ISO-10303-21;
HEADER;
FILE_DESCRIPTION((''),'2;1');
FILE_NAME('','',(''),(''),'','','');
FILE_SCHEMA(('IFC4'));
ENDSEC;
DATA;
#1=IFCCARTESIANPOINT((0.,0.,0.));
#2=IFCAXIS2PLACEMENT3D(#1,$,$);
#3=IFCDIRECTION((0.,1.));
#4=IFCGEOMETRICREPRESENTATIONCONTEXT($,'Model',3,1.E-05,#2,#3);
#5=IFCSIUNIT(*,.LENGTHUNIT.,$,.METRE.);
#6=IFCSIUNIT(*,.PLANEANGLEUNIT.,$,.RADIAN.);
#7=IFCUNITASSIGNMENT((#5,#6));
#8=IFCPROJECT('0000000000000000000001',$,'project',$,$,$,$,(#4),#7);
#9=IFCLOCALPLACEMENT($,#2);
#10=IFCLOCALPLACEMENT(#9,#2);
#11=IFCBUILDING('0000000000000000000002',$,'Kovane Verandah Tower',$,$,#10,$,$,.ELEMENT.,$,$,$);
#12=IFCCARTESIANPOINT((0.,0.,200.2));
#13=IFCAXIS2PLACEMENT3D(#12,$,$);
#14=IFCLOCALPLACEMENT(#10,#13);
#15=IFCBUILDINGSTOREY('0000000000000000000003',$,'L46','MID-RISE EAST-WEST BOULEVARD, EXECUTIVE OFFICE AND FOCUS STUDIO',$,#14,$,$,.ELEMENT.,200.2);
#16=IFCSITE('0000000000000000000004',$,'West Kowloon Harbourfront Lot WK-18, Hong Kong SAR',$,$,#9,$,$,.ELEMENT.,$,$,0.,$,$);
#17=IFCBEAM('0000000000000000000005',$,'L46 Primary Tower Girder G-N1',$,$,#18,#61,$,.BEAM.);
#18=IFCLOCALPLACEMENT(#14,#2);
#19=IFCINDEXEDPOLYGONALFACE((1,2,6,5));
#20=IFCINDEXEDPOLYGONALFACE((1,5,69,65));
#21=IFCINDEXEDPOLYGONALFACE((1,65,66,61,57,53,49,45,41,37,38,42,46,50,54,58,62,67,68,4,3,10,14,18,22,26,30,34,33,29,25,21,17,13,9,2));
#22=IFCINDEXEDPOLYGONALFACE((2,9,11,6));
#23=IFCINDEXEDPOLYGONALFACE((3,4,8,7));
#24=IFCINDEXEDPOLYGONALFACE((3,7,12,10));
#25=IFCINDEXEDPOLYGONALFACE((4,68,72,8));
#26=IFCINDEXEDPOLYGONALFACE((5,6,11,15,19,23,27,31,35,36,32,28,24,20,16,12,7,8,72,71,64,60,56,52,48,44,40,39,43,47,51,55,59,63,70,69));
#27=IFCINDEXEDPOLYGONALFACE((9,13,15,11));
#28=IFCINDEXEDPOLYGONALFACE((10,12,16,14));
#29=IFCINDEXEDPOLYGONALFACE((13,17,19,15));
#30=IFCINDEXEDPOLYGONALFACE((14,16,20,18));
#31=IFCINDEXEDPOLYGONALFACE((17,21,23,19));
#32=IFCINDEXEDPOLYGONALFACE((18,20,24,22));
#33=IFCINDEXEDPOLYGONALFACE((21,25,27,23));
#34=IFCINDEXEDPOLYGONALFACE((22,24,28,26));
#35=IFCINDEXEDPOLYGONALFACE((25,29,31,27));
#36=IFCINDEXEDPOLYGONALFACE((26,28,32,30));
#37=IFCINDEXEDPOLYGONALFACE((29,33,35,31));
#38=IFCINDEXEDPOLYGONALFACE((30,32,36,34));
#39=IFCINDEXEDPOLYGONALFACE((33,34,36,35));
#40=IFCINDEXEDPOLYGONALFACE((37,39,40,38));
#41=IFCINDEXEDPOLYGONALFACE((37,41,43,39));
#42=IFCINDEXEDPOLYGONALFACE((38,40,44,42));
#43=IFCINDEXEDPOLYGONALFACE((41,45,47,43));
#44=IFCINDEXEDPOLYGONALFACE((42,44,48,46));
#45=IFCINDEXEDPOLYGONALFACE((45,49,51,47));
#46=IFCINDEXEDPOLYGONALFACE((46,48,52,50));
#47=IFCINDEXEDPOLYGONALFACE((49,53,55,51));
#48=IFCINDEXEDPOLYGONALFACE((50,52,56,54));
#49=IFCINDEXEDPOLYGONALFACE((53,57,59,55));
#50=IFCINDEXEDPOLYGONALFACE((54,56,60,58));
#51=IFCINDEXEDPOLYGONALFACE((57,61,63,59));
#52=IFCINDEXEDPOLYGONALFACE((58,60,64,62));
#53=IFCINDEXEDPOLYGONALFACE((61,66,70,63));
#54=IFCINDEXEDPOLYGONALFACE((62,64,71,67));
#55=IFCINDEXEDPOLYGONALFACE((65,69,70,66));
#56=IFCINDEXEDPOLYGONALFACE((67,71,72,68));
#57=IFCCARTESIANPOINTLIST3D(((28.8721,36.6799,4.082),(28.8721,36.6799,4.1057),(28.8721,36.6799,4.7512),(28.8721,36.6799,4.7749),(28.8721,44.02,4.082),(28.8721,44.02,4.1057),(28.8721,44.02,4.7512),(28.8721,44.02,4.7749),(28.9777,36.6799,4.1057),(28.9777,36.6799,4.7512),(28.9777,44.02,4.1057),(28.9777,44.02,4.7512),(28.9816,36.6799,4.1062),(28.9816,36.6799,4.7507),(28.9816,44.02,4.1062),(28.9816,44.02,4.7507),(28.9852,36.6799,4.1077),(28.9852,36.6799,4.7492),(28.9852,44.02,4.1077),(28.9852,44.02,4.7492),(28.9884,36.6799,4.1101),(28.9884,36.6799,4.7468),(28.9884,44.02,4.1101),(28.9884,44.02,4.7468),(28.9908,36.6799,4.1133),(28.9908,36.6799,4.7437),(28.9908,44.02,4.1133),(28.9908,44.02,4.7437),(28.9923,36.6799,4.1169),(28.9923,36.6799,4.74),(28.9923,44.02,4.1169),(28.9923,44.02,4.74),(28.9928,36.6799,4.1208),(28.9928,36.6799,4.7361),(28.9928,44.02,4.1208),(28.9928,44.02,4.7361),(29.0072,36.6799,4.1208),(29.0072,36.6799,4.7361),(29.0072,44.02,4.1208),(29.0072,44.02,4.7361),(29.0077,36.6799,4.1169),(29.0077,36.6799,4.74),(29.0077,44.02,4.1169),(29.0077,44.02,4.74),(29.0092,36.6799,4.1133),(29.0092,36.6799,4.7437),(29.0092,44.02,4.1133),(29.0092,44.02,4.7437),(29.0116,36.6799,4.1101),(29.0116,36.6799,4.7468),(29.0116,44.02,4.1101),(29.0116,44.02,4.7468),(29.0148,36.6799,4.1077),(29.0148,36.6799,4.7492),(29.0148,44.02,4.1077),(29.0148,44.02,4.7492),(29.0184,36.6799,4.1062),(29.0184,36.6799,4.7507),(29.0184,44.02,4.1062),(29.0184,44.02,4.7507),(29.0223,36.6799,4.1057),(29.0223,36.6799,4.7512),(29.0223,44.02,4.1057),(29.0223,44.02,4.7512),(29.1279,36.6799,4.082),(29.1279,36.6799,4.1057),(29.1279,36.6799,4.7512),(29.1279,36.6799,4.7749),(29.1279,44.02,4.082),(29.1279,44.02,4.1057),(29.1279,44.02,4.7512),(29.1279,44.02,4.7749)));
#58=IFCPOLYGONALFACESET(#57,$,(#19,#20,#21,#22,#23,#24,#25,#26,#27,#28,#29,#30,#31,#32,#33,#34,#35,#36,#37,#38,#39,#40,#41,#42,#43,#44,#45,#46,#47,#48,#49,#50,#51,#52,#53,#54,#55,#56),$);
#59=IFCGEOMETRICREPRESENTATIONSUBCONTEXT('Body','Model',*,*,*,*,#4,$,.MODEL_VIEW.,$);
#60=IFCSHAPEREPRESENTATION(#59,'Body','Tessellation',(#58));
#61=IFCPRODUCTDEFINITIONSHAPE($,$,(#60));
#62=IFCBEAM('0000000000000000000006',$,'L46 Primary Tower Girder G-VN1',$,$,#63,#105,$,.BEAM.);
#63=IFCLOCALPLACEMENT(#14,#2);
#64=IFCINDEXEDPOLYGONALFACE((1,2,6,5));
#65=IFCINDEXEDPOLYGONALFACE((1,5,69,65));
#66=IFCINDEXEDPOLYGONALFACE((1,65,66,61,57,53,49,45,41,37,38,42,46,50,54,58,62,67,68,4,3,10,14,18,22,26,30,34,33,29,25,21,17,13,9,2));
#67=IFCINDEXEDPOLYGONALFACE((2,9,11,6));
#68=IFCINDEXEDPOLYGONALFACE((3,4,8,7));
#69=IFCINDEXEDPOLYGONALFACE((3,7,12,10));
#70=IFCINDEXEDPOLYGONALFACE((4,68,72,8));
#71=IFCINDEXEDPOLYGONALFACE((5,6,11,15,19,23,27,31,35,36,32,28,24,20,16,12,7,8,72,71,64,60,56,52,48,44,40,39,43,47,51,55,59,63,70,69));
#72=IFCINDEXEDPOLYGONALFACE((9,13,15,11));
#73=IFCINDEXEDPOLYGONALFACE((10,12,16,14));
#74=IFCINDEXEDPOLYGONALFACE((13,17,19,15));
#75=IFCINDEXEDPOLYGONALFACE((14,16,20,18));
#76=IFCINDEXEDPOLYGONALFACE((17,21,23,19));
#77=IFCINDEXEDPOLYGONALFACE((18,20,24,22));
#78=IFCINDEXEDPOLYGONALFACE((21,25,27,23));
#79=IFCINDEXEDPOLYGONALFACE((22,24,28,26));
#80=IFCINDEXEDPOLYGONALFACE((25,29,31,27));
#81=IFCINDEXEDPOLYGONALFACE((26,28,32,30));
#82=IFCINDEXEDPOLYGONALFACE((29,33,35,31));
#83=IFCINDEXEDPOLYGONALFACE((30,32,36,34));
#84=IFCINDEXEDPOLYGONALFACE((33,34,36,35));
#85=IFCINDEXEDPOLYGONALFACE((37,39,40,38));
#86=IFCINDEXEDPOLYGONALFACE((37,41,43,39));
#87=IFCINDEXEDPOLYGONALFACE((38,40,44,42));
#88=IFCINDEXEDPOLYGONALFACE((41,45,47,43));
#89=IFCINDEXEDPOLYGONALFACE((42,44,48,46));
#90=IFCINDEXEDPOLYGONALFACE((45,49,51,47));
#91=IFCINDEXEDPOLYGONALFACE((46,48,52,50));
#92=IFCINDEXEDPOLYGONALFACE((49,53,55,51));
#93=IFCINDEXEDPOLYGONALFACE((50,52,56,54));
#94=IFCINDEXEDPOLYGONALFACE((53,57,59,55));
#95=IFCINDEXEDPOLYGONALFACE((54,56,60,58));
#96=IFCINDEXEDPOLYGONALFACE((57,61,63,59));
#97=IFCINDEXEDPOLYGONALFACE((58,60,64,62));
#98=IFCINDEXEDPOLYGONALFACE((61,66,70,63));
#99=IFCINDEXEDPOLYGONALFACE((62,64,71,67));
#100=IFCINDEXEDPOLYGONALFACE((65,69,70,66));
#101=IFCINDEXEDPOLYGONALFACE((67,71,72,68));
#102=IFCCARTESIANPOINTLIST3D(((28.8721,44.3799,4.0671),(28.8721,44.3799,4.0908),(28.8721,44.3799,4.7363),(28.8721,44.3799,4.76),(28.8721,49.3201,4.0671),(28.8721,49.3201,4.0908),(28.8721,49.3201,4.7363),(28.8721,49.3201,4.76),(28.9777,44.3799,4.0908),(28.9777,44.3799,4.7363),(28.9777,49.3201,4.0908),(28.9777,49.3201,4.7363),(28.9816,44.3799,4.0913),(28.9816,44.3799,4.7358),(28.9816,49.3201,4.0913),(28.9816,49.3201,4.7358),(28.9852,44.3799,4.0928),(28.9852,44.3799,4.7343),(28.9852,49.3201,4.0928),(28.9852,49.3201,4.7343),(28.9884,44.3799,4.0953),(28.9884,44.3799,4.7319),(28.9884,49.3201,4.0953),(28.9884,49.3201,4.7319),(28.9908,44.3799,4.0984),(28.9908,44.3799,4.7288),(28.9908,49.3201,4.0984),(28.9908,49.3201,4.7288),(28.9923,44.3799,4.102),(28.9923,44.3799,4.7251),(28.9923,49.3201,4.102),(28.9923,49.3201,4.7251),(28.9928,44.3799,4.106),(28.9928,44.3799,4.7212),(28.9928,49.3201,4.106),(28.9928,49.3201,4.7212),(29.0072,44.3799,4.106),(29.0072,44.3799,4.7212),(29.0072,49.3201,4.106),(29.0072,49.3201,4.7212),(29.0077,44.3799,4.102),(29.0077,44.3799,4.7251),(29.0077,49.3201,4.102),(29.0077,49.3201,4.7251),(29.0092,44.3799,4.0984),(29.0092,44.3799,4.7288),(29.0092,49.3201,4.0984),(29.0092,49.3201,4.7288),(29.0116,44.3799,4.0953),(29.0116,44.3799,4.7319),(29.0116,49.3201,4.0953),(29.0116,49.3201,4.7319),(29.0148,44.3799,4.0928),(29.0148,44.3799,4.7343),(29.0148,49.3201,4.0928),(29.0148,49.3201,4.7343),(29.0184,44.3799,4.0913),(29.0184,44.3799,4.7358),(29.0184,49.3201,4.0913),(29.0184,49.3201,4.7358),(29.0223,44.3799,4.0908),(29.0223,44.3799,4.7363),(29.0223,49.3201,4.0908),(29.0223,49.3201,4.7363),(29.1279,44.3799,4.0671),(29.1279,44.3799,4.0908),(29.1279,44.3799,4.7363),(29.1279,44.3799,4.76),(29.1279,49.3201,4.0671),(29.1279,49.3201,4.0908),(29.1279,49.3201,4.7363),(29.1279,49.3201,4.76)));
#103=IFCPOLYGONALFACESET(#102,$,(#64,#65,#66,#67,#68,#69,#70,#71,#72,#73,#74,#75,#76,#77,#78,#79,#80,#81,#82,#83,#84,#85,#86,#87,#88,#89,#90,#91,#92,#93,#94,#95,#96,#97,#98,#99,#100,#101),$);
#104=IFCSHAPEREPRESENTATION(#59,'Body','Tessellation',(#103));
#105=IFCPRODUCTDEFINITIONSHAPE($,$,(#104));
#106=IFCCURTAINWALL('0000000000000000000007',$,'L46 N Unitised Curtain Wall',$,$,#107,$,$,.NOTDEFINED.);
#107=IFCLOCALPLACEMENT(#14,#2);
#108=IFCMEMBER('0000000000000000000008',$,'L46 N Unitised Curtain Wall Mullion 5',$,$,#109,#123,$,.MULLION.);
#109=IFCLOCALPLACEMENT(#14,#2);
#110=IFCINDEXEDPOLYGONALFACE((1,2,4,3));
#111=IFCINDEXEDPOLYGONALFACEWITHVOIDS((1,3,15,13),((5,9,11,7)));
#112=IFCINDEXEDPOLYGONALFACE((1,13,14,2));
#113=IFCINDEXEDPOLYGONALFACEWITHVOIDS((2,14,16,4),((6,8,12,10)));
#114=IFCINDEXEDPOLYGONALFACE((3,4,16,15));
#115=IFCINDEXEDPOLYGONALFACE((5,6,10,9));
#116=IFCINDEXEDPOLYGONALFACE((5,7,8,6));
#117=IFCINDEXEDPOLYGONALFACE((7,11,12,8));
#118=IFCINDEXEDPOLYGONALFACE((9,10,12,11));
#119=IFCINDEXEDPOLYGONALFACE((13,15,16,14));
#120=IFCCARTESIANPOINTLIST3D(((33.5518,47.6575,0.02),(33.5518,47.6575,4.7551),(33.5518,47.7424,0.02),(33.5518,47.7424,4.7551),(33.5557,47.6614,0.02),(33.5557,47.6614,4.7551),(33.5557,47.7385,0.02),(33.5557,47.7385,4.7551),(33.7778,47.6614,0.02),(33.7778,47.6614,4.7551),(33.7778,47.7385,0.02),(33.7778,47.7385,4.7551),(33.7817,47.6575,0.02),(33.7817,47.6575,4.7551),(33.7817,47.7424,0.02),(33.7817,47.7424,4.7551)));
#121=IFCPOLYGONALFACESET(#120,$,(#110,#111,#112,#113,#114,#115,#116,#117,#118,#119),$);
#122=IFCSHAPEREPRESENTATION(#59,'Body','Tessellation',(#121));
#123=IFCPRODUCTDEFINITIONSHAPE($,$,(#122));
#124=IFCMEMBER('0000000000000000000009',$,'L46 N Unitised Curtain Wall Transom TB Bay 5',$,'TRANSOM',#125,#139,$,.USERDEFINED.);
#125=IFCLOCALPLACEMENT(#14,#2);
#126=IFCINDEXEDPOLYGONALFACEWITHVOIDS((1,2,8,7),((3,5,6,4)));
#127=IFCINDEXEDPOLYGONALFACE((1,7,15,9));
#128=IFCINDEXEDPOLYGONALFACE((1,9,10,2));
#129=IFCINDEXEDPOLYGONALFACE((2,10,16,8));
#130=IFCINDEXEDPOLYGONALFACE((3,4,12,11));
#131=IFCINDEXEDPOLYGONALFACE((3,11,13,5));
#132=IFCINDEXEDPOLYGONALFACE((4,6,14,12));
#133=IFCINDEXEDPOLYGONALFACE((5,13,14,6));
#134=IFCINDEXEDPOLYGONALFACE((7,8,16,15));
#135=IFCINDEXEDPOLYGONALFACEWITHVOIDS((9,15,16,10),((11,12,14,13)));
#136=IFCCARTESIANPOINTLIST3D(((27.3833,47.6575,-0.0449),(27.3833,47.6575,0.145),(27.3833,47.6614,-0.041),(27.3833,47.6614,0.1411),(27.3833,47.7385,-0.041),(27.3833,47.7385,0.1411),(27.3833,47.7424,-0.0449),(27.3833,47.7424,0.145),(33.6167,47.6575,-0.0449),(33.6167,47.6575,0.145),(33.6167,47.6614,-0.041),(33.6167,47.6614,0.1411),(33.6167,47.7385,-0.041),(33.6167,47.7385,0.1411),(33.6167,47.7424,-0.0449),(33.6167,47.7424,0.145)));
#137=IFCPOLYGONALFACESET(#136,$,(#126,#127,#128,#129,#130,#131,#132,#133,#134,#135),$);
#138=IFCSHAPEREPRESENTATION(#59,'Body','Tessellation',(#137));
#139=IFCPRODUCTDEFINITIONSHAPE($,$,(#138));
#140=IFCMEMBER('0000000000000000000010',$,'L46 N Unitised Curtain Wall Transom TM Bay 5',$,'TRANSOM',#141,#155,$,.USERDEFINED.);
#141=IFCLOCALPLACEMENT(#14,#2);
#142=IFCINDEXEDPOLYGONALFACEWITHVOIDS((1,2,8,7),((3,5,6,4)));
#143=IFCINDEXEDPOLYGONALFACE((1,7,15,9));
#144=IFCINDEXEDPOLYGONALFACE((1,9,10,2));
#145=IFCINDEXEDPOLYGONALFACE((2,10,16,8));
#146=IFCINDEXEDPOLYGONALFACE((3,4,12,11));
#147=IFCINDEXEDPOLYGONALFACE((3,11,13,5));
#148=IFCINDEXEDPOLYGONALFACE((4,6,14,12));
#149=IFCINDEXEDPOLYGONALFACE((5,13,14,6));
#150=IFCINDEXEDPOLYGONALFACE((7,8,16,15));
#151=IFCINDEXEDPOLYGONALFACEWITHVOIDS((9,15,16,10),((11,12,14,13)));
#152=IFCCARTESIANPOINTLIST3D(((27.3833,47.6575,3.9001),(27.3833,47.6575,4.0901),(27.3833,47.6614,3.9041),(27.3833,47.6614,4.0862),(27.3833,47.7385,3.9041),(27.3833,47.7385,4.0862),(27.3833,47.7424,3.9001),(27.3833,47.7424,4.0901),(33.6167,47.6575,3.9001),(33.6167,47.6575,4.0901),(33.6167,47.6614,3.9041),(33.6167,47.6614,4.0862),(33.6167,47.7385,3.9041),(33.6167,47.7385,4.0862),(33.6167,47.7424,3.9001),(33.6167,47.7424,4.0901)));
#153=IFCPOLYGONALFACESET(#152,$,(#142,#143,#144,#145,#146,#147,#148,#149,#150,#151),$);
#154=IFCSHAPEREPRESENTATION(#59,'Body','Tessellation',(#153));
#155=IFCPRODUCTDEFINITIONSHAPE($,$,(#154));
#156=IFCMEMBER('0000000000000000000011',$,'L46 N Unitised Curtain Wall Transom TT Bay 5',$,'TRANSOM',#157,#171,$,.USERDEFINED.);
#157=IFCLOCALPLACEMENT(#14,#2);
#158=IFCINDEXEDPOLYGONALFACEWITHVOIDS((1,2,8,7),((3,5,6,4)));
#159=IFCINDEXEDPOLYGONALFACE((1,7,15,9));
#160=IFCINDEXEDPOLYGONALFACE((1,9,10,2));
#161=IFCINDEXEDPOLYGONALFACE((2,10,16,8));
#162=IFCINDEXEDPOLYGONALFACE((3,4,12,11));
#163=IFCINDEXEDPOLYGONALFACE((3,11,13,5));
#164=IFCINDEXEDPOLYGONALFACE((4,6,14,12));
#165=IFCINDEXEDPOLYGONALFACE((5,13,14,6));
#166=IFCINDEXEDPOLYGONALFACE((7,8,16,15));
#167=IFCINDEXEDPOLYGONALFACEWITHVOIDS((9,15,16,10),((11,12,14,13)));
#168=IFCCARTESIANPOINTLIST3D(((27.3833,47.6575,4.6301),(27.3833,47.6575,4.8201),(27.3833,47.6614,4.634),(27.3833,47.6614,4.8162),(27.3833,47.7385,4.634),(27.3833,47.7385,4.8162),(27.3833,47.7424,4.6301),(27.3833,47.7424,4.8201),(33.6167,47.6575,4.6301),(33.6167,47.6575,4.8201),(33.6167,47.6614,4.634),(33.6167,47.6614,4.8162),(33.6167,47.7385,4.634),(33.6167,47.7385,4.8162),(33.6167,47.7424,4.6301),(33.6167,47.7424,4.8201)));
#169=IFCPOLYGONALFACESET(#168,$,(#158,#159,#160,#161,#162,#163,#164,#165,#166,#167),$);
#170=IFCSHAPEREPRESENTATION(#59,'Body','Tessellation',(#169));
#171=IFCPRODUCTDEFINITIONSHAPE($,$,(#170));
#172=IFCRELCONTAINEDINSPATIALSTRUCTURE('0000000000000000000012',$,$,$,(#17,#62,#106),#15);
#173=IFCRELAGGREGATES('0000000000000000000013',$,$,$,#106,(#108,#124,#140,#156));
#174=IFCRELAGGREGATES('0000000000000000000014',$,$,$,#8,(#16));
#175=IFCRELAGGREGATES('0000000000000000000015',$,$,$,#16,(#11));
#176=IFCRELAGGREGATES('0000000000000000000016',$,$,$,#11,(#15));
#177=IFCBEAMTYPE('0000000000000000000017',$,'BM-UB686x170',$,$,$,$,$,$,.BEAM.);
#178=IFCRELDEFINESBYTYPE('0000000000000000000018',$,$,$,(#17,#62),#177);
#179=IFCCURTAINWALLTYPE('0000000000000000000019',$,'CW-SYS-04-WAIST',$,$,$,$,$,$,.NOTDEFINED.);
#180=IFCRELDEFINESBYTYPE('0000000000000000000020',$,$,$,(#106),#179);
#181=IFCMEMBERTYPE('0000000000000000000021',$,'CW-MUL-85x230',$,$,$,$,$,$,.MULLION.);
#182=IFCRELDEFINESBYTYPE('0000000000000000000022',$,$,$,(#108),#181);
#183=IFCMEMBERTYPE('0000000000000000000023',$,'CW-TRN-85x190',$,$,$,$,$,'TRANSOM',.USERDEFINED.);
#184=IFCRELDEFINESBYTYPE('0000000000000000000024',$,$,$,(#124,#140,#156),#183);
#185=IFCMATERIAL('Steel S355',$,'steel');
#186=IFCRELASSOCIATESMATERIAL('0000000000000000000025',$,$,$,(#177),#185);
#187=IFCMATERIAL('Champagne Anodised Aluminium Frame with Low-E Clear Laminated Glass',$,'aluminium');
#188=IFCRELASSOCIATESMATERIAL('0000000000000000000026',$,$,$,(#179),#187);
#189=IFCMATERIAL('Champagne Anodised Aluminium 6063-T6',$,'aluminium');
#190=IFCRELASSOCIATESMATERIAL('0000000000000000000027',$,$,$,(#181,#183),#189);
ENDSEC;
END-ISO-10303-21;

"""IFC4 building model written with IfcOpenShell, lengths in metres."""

from ifc_helpers import new_model, si_unit, direction, frame, origin, origin_2d, place, context, subcontext, project, spatial, hollow_rectangle, i_section, extrude, material, material_profile, profile_set, type_object, element, aggregate, save


model = new_model("IFC4")

# Units and contexts
model_context = context("Model", 3, precision=1e-05, world=origin(), true_north=direction((0.0, 1.0)))
body_context = subcontext(model_context, "Body", "Model", "MODEL_VIEW")
ifc_project = project(units=[si_unit("LENGTHUNIT", "METRE"), si_unit("PLANEANGLEUNIT", "RADIAN")], contexts=[model_context])

# Site, building, storey
site_placement = place(None, origin())
site = spatial("IfcSite", under=ifc_project, at=site_placement, Name="West Kowloon Harbourfront Lot WK-18, Hong Kong SAR", CompositionType="ELEMENT", RefElevation=0.0)
building_placement = place(site_placement, origin())
building = spatial("IfcBuilding", under=site, at=building_placement, Name="Kovane Verandah Tower", CompositionType="ELEMENT")
storey_placement = place(building_placement, frame((0.0, 0.0, 200.2)))
storey = spatial("IfcBuildingStorey", under=building, at=storey_placement, Name="L46", Description="MID-RISE EAST-WEST BOULEVARD, EXECUTIVE OFFICE AND FOCUS STUDIO", CompositionType="ELEMENT", Elevation=200.2)

# Beams
ifc_material_1 = material(Name="Steel S355", Category="steel")
ifc_material_profile_1 = material_profile(ifc_material_1, i_section(OverallWidth=0.2559, OverallDepth=0.6929, WebThickness=0.0144, FlangeThickness=0.0237, FilletRadius=0.0151, at=origin_2d()), Name="UB686x254x170")
ifc_profile_set_1 = profile_set([ifc_material_profile_1], Name="Steel S355")
beam_type_1 = type_object("IfcBeamType", Name="BM-UB686x170", PredefinedType="BEAM", material=ifc_profile_set_1)
beam_1_placement = place(storey_placement, frame((29.0, 36.6799, 4.4285), z_axis=(0.0, 1.0, 0.0), x_axis=(-1.0, 0.0, 0.0)))
element("IfcBeam", 1, at=beam_1_placement, inside=storey, type_object=beam_type_1, Name="L46 Primary Tower Girder G-N1", PredefinedType="BEAM", context=body_context, shape_type="SweptSolid", body=[
    extrude(i_section(OverallWidth=0.2559, OverallDepth=0.6929, WebThickness=0.0144, FlangeThickness=0.0237, FilletRadius=0.0151, at=origin_2d()), origin(), (0.0, 0.0, 1.0), 7.3401),
])
beam_2_placement = place(storey_placement, frame((29.0, 44.3799, 4.4136), z_axis=(0.0, 1.0, 0.0), x_axis=(-1.0, 0.0, 0.0)))
element("IfcBeam", 2, at=beam_2_placement, inside=storey, type_object=beam_type_1, Name="L46 Primary Tower Girder G-VN1", PredefinedType="BEAM", context=body_context, shape_type="SweptSolid", body=[
    extrude(i_section(OverallWidth=0.2559, OverallDepth=0.6929, WebThickness=0.0144, FlangeThickness=0.0237, FilletRadius=0.0151, at=origin_2d()), origin(), (0.0, 0.0, 1.0), 4.9402),
])

# Curtain wall, members
ifc_material_2 = material(Name="Champagne Anodised Aluminium Frame with Low-E Clear Laminated Glass", Category="aluminium")
curtain_wall_type = type_object("IfcCurtainWallType", Name="CW-SYS-04-WAIST", PredefinedType="NOTDEFINED", material=ifc_material_2)
curtain_wall_placement = place(storey_placement, origin())
curtain_wall = element("IfcCurtainWall", 3, at=curtain_wall_placement, inside=storey, type_object=curtain_wall_type, Name="L46 N Unitised Curtain Wall", PredefinedType="NOTDEFINED")
ifc_material_3 = material(Name="Champagne Anodised Aluminium 6063-T6", Category="aluminium")
ifc_material_profile_2 = material_profile(ifc_material_3, hollow_rectangle(XDim=0.085, YDim=0.23, WallThickness=0.0039, at=origin_2d()), Name="AL85x230x4")
ifc_profile_set_2 = profile_set([ifc_material_profile_2], Name="Champagne Anodised Aluminium 6063-T6")
member_type_1 = type_object("IfcMemberType", Name="CW-MUL-85x230", PredefinedType="MULLION", material=ifc_profile_set_2)
member_1_placement = place(storey_placement, frame((33.6667, 47.7, 0.02), z_axis=(0.0, 0.0, 1.0), x_axis=(0.0, 1.0, 0.0)))
member_1 = element("IfcMember", 4, at=member_1_placement, type_object=member_type_1, Name="L46 N Unitised Curtain Wall Mullion 5", PredefinedType="MULLION", context=body_context, shape_type="SweptSolid", body=[
    extrude(hollow_rectangle(XDim=0.085, YDim=0.23, WallThickness=0.0039, at=origin_2d()), origin(), (0.0, 0.0, 1.0), 4.7351),
])
ifc_material_profile_3 = material_profile(ifc_material_3, hollow_rectangle(XDim=0.085, YDim=0.1899, WallThickness=0.0039, at=origin_2d()), Name="AL85x190x4")
ifc_profile_set_3 = profile_set([ifc_material_profile_3], Name="Champagne Anodised Aluminium 6063-T6")
member_type_2 = type_object("IfcMemberType", Name="CW-TRN-85x190", ElementType="TRANSOM", PredefinedType="USERDEFINED", material=ifc_profile_set_3)
member_2_placement = place(storey_placement, frame((33.6167, 47.7, 0.05), z_axis=(-1.0, 0.0, 0.0), x_axis=(0.0, -1.0, 0.0)))
member_2 = element("IfcMember", 5, at=member_2_placement, type_object=member_type_2, Name="L46 N Unitised Curtain Wall Transom TB Bay 5", ObjectType="TRANSOM", PredefinedType="USERDEFINED", context=body_context, shape_type="SweptSolid", body=[
    extrude(hollow_rectangle(XDim=0.085, YDim=0.1899, WallThickness=0.0039, at=origin_2d()), origin(), (0.0, 0.0, 1.0), 6.2334),
])
member_3_placement = place(storey_placement, frame((33.6167, 47.7, 3.9951), z_axis=(-1.0, 0.0, 0.0), x_axis=(0.0, -1.0, 0.0)))
member_3 = element("IfcMember", 6, at=member_3_placement, type_object=member_type_2, Name="L46 N Unitised Curtain Wall Transom TM Bay 5", ObjectType="TRANSOM", PredefinedType="USERDEFINED", context=body_context, shape_type="SweptSolid", body=[
    extrude(hollow_rectangle(XDim=0.085, YDim=0.1899, WallThickness=0.0039, at=origin_2d()), origin(), (0.0, 0.0, 1.0), 6.2334),
])
member_4_placement = place(storey_placement, frame((33.6167, 47.7, 4.7251), z_axis=(-1.0, 0.0, 0.0), x_axis=(0.0, -1.0, 0.0)))
member_4 = element("IfcMember", 7, at=member_4_placement, type_object=member_type_2, Name="L46 N Unitised Curtain Wall Transom TT Bay 5", ObjectType="TRANSOM", PredefinedType="USERDEFINED", context=body_context, shape_type="SweptSolid", body=[
    extrude(hollow_rectangle(XDim=0.085, YDim=0.1899, WallThickness=0.0039, at=origin_2d()), origin(), (0.0, 0.0, 1.0), 6.2334),
])

aggregate(curtain_wall, [member_1, member_2, member_3, member_4])

save(model, "model.ifc")
